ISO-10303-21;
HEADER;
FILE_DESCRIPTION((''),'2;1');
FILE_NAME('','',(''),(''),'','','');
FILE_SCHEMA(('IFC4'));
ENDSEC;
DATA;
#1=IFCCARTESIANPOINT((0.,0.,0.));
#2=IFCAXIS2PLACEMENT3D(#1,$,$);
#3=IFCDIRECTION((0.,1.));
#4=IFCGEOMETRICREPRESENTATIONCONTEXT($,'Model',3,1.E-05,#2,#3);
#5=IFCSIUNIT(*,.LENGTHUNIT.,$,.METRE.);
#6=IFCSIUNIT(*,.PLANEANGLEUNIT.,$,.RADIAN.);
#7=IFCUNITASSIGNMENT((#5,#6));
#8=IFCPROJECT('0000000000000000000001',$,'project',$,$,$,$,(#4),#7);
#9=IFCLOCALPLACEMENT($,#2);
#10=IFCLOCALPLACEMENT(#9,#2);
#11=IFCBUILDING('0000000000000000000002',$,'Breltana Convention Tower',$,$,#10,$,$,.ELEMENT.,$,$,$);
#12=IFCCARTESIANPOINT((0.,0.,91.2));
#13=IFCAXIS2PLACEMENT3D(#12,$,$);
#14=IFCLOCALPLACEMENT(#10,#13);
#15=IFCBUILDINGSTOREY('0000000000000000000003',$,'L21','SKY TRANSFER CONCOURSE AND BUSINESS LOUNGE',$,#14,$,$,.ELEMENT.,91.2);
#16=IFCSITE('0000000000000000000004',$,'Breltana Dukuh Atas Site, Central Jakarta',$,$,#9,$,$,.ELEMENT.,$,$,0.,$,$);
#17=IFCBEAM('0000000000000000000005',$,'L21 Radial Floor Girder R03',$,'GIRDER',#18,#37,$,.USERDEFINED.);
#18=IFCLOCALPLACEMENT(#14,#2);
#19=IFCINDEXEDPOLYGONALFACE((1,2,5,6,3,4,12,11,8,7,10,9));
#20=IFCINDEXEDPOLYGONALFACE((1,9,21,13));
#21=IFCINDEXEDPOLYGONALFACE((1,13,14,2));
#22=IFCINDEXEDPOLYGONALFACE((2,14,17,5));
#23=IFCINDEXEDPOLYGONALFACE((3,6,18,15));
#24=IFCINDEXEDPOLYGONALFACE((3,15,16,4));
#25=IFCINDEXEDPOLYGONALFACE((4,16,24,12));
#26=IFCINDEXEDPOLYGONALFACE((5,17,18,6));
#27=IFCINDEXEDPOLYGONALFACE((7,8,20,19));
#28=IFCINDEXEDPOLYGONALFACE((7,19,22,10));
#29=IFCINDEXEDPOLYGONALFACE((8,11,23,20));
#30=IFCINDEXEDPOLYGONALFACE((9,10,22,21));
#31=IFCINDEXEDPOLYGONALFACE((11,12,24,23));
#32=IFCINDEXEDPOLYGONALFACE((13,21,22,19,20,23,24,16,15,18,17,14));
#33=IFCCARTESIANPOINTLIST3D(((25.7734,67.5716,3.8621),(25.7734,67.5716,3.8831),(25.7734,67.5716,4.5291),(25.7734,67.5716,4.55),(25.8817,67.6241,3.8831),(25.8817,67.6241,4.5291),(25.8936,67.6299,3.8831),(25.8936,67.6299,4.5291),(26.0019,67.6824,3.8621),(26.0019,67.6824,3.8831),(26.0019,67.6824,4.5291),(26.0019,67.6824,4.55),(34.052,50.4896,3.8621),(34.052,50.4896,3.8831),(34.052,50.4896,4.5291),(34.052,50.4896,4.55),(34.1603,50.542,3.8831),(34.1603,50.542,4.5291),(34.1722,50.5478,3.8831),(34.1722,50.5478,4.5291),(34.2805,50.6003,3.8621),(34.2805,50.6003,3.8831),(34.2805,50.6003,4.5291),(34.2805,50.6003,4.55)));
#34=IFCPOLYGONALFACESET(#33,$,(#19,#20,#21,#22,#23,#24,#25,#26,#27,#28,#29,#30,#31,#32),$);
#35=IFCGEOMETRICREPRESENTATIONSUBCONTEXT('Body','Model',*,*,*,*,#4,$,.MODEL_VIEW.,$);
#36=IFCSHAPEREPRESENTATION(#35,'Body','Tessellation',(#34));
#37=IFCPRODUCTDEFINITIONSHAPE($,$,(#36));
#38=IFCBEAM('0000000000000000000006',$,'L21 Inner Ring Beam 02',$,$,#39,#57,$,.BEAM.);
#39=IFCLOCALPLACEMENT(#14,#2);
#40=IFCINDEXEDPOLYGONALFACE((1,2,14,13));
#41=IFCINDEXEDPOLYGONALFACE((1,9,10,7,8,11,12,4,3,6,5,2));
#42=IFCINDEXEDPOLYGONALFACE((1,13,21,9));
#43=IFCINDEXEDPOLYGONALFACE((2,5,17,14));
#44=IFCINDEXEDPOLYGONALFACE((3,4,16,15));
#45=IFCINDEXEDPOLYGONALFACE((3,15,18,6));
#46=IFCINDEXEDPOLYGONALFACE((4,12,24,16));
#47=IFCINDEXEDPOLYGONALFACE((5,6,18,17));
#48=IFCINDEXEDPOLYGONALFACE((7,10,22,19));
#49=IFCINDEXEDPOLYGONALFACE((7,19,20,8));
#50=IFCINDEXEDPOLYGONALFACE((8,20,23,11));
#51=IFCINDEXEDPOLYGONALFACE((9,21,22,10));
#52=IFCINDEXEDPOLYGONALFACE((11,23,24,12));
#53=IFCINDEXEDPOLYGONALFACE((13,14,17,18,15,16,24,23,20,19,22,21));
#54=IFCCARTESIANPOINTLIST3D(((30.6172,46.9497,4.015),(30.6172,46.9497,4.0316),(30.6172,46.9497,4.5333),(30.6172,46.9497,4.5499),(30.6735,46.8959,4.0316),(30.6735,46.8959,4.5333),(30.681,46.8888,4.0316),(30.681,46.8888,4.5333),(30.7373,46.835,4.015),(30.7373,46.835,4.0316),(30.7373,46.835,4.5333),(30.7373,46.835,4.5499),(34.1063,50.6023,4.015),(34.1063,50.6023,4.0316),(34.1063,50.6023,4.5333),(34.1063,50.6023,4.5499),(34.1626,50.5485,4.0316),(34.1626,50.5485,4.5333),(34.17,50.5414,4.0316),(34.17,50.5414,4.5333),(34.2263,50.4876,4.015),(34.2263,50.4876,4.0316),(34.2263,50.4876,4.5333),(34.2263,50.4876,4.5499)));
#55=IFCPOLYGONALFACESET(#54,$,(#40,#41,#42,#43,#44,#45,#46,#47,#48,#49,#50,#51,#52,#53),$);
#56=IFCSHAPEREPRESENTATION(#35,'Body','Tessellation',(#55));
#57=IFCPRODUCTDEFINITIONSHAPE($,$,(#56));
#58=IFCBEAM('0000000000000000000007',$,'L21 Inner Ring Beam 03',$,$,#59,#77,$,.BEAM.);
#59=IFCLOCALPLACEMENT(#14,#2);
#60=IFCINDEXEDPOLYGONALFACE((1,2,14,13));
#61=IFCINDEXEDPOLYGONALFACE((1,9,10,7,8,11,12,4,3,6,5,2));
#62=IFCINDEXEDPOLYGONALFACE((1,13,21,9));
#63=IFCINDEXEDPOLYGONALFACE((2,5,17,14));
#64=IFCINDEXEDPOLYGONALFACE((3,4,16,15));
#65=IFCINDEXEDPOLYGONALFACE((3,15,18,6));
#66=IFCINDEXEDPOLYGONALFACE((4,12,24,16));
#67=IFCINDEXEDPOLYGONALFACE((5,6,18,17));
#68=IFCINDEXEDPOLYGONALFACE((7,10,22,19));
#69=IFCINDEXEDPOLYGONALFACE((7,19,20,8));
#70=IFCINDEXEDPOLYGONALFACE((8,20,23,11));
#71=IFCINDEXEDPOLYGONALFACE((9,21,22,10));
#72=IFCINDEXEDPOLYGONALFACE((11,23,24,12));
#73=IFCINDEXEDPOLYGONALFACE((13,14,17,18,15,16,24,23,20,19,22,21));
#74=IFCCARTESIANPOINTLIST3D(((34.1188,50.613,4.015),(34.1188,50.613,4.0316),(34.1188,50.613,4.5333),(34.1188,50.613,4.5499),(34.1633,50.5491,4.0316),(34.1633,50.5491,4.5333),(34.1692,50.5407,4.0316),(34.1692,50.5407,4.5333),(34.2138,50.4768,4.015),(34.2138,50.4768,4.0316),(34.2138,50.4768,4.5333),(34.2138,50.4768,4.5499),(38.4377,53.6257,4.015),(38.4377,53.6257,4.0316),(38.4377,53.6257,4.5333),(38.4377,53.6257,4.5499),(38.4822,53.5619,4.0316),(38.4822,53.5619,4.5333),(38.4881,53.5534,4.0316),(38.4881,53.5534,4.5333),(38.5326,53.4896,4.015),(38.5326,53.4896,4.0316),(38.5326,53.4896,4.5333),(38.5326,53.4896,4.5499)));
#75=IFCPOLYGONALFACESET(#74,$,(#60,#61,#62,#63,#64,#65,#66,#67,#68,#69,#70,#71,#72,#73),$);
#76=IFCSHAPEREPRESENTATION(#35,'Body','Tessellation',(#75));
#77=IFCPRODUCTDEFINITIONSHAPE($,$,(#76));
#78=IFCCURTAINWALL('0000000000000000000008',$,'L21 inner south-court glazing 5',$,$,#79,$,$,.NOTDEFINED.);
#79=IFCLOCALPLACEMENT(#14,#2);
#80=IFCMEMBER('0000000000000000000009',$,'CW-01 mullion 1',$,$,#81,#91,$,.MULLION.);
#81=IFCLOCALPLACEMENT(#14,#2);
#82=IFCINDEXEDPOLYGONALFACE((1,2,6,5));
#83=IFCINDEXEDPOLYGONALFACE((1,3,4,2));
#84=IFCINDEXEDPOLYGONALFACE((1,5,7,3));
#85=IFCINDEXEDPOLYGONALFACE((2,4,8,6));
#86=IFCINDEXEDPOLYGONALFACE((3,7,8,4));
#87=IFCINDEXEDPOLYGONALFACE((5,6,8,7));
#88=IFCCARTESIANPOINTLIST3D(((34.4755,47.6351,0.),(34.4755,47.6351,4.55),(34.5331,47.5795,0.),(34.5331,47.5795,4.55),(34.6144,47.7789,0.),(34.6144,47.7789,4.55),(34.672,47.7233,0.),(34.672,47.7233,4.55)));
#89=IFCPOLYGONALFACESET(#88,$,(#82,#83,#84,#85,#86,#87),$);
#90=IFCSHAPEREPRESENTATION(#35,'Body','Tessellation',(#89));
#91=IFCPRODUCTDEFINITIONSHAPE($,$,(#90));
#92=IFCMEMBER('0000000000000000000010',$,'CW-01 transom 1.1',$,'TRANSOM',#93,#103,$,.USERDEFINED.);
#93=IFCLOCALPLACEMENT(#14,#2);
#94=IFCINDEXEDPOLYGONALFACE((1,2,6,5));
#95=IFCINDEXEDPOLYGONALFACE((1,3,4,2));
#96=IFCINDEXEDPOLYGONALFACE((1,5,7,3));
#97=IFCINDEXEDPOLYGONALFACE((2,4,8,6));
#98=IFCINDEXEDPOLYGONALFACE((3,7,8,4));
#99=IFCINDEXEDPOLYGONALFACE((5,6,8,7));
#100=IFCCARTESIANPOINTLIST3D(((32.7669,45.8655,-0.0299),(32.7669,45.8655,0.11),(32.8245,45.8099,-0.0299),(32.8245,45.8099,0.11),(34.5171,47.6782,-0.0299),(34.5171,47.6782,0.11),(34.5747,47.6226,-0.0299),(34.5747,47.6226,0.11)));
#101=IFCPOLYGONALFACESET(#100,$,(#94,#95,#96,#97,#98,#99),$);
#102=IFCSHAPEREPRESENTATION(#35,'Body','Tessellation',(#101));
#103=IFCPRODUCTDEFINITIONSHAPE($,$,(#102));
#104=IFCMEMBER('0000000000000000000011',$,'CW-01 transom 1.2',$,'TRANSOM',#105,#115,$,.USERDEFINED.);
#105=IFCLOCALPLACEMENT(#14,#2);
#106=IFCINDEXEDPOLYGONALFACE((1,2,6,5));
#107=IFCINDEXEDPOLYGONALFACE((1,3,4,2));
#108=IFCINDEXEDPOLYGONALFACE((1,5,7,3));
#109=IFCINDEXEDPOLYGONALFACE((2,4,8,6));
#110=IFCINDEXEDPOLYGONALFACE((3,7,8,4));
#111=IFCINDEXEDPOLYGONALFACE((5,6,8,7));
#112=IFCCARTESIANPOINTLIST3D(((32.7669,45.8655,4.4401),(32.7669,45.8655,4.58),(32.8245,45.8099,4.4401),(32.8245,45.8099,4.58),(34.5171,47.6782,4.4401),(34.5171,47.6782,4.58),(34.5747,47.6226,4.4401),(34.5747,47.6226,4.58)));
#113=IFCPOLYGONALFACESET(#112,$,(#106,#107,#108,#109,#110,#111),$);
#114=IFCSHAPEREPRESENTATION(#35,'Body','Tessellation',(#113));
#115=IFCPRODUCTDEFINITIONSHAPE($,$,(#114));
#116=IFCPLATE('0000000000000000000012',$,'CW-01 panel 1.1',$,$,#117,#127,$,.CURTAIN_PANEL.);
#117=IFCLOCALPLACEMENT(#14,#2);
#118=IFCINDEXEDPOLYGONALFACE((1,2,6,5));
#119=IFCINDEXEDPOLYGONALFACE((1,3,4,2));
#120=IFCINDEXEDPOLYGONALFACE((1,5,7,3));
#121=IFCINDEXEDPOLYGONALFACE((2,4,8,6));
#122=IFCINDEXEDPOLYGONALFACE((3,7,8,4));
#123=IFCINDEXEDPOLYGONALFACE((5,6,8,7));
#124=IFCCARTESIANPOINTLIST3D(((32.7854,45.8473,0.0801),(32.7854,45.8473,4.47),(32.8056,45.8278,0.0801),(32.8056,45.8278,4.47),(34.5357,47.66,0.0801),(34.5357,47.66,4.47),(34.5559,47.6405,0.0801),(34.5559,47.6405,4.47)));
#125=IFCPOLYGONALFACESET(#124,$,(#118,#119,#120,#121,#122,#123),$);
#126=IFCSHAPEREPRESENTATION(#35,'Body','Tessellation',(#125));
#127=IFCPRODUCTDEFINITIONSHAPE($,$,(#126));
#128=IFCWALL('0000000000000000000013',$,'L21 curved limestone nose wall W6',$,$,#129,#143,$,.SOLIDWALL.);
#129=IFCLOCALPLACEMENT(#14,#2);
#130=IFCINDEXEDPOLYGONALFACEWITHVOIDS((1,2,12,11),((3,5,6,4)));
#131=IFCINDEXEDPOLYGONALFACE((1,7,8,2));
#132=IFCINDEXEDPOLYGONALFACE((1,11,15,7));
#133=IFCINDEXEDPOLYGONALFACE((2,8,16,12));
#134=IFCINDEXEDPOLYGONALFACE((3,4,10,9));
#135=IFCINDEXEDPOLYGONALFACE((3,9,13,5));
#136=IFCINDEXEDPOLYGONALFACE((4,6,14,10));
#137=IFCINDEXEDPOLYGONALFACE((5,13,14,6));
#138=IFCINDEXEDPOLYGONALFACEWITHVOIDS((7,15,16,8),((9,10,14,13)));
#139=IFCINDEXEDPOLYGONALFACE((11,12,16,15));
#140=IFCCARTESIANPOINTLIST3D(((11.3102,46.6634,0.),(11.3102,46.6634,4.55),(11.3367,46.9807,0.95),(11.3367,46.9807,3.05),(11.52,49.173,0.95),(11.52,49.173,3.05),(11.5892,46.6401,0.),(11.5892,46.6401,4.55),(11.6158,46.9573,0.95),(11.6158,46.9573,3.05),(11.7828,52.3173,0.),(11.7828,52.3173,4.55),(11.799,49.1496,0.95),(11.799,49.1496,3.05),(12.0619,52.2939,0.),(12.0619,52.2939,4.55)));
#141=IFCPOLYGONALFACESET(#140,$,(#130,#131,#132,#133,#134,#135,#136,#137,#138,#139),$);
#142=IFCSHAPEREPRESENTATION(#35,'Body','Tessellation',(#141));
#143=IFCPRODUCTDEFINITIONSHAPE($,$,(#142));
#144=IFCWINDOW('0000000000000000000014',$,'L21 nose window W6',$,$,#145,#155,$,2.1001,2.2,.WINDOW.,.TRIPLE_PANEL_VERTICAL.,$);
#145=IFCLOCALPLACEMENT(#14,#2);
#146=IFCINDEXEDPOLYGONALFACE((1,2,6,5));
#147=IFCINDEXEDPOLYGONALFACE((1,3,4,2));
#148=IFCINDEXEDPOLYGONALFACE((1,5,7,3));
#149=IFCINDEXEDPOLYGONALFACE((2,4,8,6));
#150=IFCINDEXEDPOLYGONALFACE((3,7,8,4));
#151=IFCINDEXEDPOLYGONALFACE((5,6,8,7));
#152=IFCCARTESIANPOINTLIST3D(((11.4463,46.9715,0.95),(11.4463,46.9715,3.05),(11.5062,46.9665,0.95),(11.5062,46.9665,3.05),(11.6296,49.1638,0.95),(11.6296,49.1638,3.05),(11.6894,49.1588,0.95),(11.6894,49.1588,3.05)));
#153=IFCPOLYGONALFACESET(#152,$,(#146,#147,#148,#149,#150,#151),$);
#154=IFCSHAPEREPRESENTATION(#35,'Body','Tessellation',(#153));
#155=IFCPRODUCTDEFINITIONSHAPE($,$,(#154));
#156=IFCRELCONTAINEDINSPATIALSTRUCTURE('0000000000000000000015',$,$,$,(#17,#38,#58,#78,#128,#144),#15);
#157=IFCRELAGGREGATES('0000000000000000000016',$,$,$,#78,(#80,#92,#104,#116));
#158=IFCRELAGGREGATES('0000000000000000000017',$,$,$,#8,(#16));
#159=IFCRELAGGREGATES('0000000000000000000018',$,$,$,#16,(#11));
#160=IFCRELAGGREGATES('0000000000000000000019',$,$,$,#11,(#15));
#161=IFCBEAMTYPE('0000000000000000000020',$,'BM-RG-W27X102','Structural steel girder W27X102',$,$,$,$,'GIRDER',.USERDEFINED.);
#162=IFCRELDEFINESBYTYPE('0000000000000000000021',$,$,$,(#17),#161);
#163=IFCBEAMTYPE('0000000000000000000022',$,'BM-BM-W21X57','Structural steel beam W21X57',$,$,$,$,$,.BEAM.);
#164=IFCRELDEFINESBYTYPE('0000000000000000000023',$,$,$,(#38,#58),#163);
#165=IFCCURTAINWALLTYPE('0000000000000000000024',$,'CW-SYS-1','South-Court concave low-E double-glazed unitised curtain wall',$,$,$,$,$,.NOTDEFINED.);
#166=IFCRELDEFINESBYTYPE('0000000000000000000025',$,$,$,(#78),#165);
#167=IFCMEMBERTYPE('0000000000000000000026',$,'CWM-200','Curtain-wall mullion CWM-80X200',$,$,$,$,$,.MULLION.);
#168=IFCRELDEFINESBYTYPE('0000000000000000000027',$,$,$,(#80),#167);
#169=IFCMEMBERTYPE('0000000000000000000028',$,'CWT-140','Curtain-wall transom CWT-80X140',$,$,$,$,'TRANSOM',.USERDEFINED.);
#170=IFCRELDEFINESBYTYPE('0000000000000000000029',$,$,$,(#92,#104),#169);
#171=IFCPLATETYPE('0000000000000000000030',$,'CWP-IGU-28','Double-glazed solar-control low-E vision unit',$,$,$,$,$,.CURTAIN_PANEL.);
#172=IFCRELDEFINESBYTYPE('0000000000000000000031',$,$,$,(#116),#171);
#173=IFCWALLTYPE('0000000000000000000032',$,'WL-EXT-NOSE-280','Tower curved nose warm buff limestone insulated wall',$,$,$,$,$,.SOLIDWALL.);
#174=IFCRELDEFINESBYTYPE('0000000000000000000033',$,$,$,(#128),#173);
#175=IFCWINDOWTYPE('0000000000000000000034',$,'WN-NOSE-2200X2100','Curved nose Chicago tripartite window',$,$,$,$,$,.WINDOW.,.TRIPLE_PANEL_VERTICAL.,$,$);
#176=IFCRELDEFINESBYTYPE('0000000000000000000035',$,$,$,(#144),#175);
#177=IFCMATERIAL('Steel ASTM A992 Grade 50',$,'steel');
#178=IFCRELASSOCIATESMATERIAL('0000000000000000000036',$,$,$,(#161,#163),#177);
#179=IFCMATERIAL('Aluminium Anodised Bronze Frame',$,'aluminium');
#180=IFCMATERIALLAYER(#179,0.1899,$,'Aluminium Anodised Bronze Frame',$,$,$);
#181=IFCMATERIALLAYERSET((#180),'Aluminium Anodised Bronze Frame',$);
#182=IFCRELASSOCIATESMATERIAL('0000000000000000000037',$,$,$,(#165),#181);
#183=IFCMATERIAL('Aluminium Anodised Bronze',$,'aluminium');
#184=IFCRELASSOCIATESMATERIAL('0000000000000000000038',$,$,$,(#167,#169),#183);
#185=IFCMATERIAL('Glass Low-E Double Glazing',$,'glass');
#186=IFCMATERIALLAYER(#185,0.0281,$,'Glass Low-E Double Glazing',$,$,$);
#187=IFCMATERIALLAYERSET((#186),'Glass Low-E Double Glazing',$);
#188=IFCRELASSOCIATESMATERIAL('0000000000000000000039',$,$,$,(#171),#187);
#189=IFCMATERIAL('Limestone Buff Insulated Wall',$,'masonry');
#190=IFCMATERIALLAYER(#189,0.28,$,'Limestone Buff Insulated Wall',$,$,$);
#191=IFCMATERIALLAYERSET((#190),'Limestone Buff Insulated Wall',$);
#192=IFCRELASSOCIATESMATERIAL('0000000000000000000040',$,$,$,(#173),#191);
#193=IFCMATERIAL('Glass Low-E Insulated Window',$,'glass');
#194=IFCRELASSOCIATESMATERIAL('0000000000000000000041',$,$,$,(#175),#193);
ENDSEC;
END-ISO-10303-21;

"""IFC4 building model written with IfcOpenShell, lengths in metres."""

from ifc_helpers import new_model, si_unit, direction, frame, frame_2d, origin, origin_2d, place, context, subcontext, project, spatial, rectangle, i_section, extrude, source, transform, mapped, material, layer, layer_set, material_profile, profile_set, type_object, type_shapes, element, fill, aggregate, save


model = new_model("IFC4")

# Units and contexts
model_context = context("Model", 3, precision=1e-05, world=origin(), true_north=direction((0.0, 1.0)))
body_context = subcontext(model_context, "Body", "Model", "MODEL_VIEW")
ifc_project = project(units=[si_unit("LENGTHUNIT", "METRE"), si_unit("PLANEANGLEUNIT", "RADIAN")], contexts=[model_context])

# Site, building, storey
site_placement = place(None, origin())
site = spatial("IfcSite", under=ifc_project, at=site_placement, Name="Breltana Dukuh Atas Site, Central Jakarta", CompositionType="ELEMENT", RefElevation=0.0)
building_placement = place(site_placement, origin())
building = spatial("IfcBuilding", under=site, at=building_placement, Name="Breltana Convention Tower", CompositionType="ELEMENT")
storey_placement = place(building_placement, frame((0.0, 0.0, 91.2)))
storey = spatial("IfcBuildingStorey", under=building, at=storey_placement, Name="L21", Description="SKY TRANSFER CONCOURSE AND BUSINESS LOUNGE", CompositionType="ELEMENT", Elevation=91.2)

# Beams
ifc_material_1 = material(Name="Steel ASTM A992 Grade 50", Category="steel")
ifc_material_profile_1 = material_profile(ifc_material_1, i_section(OverallWidth=0.2539, OverallDepth=0.688, WebThickness=0.0132, FlangeThickness=0.021, at=origin_2d()), Name="W27X102")
ifc_profile_set_1 = profile_set([ifc_material_profile_1], Name="Steel ASTM A992 Grade 50")
beam_type_1 = type_object("IfcBeamType", Name="BM-RG-W27X102", Description="Structural steel girder W27X102", ElementType="GIRDER", PredefinedType="USERDEFINED", material=ifc_profile_set_1)
shared_shape_1 = source(origin(), body_context, "Body", "SweptSolid", [
    extrude(i_section(OverallWidth=0.2539, OverallDepth=0.688, WebThickness=0.0132, FlangeThickness=0.021, at=origin_2d()), origin(), (0.0, 0.0, 1.0), 18.9824),
])
beam_1_placement = place(storey_placement, frame((34.1663, 50.5449, 4.2061), z_axis=(-0.436119, 0.899889, 0.0), x_axis=(-0.899889, -0.436119, 0.0)))
element("IfcBeam", 1, at=beam_1_placement, inside=storey, type_object=beam_type_1, Name="L21 Radial Floor Girder R03", ObjectType="GIRDER", PredefinedType="USERDEFINED", context=body_context, shape_type="MappedRepresentation", body=[
    mapped(shared_shape_1, transform((0.0, 0.0, 0.0), scale=1.0)),
])
ifc_material_profile_2 = material_profile(ifc_material_1, i_section(OverallWidth=0.166, OverallDepth=0.5349, WebThickness=0.0103, FlangeThickness=0.0166, at=origin_2d()), Name="W21X57")
ifc_profile_set_2 = profile_set([ifc_material_profile_2], Name="Steel ASTM A992 Grade 50")
beam_type_2 = type_object("IfcBeamType", Name="BM-BM-W21X57", Description="Structural steel beam W21X57", PredefinedType="BEAM", material=ifc_profile_set_2)
shared_shape_2 = source(origin(), body_context, "Body", "SweptSolid", [
    extrude(i_section(OverallWidth=0.166, OverallDepth=0.5349, WebThickness=0.0103, FlangeThickness=0.0166, at=origin_2d()), origin(), (0.0, 0.0, 1.0), 5.0513),
])
beam_2_placement = place(storey_placement, frame((30.6772, 46.8923, 4.2825), z_axis=(0.69073, 0.723113, 0.0), x_axis=(-0.723113, 0.69073, 0.0)))
element("IfcBeam", 2, at=beam_2_placement, inside=storey, type_object=beam_type_2, Name="L21 Inner Ring Beam 02", PredefinedType="BEAM", context=body_context, shape_type="MappedRepresentation", body=[
    mapped(shared_shape_2, transform((0.0, 0.0, 0.0), scale=1.0)),
])
shared_shape_3 = source(origin(), body_context, "Body", "SweptSolid", [
    extrude(i_section(OverallWidth=0.166, OverallDepth=0.5349, WebThickness=0.0103, FlangeThickness=0.0166, at=origin_2d()), origin(), (0.0, 0.0, 1.0), 5.2659),
])
beam_3_placement = place(storey_placement, frame((34.1663, 50.5449, 4.2825), z_axis=(0.820167, 0.572124, 0.0), x_axis=(-0.572124, 0.820167, 0.0)))
element("IfcBeam", 3, at=beam_3_placement, inside=storey, type_object=beam_type_2, Name="L21 Inner Ring Beam 03", PredefinedType="BEAM", context=body_context, shape_type="MappedRepresentation", body=[
    mapped(shared_shape_3, transform((0.0, 0.0, 0.0), scale=1.0)),
])

# Curtain wall, members, plate
ifc_material_2 = material(Name="Aluminium Anodised Bronze Frame", Category="aluminium")
ifc_layer_1 = layer(ifc_material_2, 0.1899, Name="Aluminium Anodised Bronze Frame")
ifc_layer_set_1 = layer_set([ifc_layer_1], Name="Aluminium Anodised Bronze Frame")
curtain_wall_type = type_object("IfcCurtainWallType", Name="CW-SYS-1", Description="South-Court concave low-E double-glazed unitised curtain wall", PredefinedType="NOTDEFINED", material=ifc_layer_set_1)
curtain_wall_placement = place(storey_placement, origin())
curtain_wall = element("IfcCurtainWall", 4, at=curtain_wall_placement, inside=storey, type_object=curtain_wall_type, Name="L21 inner south-court glazing 5", PredefinedType="NOTDEFINED")
ifc_material_3 = material(Name="Aluminium Anodised Bronze", Category="aluminium")
ifc_material_profile_3 = material_profile(ifc_material_3, rectangle(XDim=0.0801, YDim=0.2, at=origin_2d()), Name="CWM-80X200")
ifc_profile_set_3 = profile_set([ifc_material_profile_3], Name="Aluminium Anodised Bronze")
member_type_1 = type_object("IfcMemberType", Name="CWM-200", Description="Curtain-wall mullion CWM-80X200", PredefinedType="MULLION", material=ifc_profile_set_3)
shared_shape_4 = source(origin(), body_context, "Body", "SweptSolid", [
    extrude(rectangle(XDim=0.0801, YDim=0.2, at=origin_2d()), origin(), (0.0, 0.0, 1.0), 4.55),
])
member_1_placement = place(storey_placement, frame((34.5737, 47.6792, 0.0), z_axis=(0.0, 0.0, 1.0), x_axis=(0.719387, -0.694609, 0.0)))
member_1 = element("IfcMember", 5, at=member_1_placement, type_object=member_type_1, Name="CW-01 mullion 1", PredefinedType="MULLION", context=body_context, shape_type="MappedRepresentation", body=[
    mapped(shared_shape_4, transform((0.0, 0.0, 0.0), scale=1.0)),
])
ifc_material_profile_4 = material_profile(ifc_material_3, rectangle(XDim=0.0801, YDim=0.1399, at=origin_2d()), Name="CWT-80X140")
ifc_profile_set_4 = profile_set([ifc_material_profile_4], Name="Aluminium Anodised Bronze")
member_type_2 = type_object("IfcMemberType", Name="CWT-140", Description="Curtain-wall transom CWT-80X140", ElementType="TRANSOM", PredefinedType="USERDEFINED", material=ifc_profile_set_4)
shared_shape_5 = source(origin(), body_context, "Body", "SweptSolid", [
    extrude(rectangle(XDim=0.0801, YDim=0.1399, at=origin_2d()), origin(), (0.0, 0.0, 1.0), 2.5198),
])
member_2_placement = place(storey_placement, frame((34.5459, 47.6504, 0.04), z_axis=(-0.694596, -0.7194, 0.0), x_axis=(0.7194, -0.694596, 0.0)))
member_2 = element("IfcMember", 6, at=member_2_placement, type_object=member_type_2, Name="CW-01 transom 1.1", ObjectType="TRANSOM", PredefinedType="USERDEFINED", context=body_context, shape_type="MappedRepresentation", body=[
    mapped(shared_shape_5, transform((0.0, 0.0, 0.0), scale=1.0)),
])
member_3_placement = place(storey_placement, frame((34.5459, 47.6504, 4.51), z_axis=(-0.694596, -0.7194, 0.0), x_axis=(0.7194, -0.694596, 0.0)))
member_3 = element("IfcMember", 7, at=member_3_placement, type_object=member_type_2, Name="CW-01 transom 1.2", ObjectType="TRANSOM", PredefinedType="USERDEFINED", context=body_context, shape_type="MappedRepresentation", body=[
    mapped(shared_shape_5, transform((0.0, 0.0, 0.0), scale=1.0)),
])
ifc_material_4 = material(Name="Glass Low-E Double Glazing", Category="glass")
ifc_layer_2 = layer(ifc_material_4, 0.0281, Name="Glass Low-E Double Glazing")
ifc_layer_set_2 = layer_set([ifc_layer_2], Name="Glass Low-E Double Glazing")
plate_type = type_object("IfcPlateType", Name="CWP-IGU-28", Description="Double-glazed solar-control low-E vision unit", PredefinedType="CURTAIN_PANEL", material=ifc_layer_set_2)
shared_shape_6 = source(origin(), body_context, "Body", "SweptSolid", [
    extrude(rectangle(XDim=2.5198, YDim=0.0281, at=origin_2d()), origin(), (0.0, 0.0, 1.0), 4.3899),
])
plate_placement = place(storey_placement, frame((33.6707, 46.7439, 0.0801), z_axis=(0.0, 0.0, 1.0), x_axis=(-0.694609, -0.719387, 0.0)))
plate = element("IfcPlate", 8, at=plate_placement, type_object=plate_type, Name="CW-01 panel 1.1", PredefinedType="CURTAIN_PANEL", context=body_context, shape_type="MappedRepresentation", body=[
    mapped(shared_shape_6, transform((0.0, 0.0, 0.0), scale=1.0)),
])
aggregate(curtain_wall, [member_1, member_2, member_3, plate])

# Wall, opening, window
ifc_material_5 = material(Name="Limestone Buff Insulated Wall", Category="masonry")
ifc_layer_3 = layer(ifc_material_5, 0.28, Name="Limestone Buff Insulated Wall")
ifc_layer_set_3 = layer_set([ifc_layer_3], Name="Limestone Buff Insulated Wall")
wall_type = type_object("IfcWallType", Name="WL-EXT-NOSE-280", Description="Tower curved nose warm buff limestone insulated wall", PredefinedType="SOLIDWALL", material=ifc_layer_set_3)
shared_shape_7 = source(origin(), body_context, "Body", "SweptSolid", [
    extrude(rectangle(XDim=5.6736, YDim=0.28, at=frame_2d((2.8369, 0.0))), origin(), (0.0, 0.0, 1.0), 4.55),
])
wall_1_placement = place(storey_placement, frame((11.4497, 46.6516, 0.0), z_axis=(0.0, 0.0, 1.0), x_axis=(0.083309, 0.996524, 0.0)))
wall_1 = element("IfcWall", 9, at=wall_1_placement, inside=storey, type_object=wall_type, Name="L21 curved limestone nose wall W6", PredefinedType="SOLIDWALL", context=body_context, shape_type="MappedRepresentation", body=[
    mapped(shared_shape_7, transform((0.0, 0.0, 0.0), scale=1.0)),
])
opening_placement = place(wall_1_placement, frame((0.3184, 0.0, 0.95)))
opening = element("IfcOpeningElement", 10, at=opening_placement, cuts=wall_1, PredefinedType="OPENING", context=body_context, shape_type="SweptSolid", body=[
    extrude(rectangle(XDim=2.2, YDim=2.1001, at=frame_2d((1.1001, 1.05))), frame((0.0, 0.1499, 0.0), z_axis=(0.0, -1.0, 0.0), x_axis=(1.0, 0.0, 0.0)), (0.0, 0.0, 1.0), 0.3),
])
ifc_material_6 = material(Name="Glass Low-E Insulated Window", Category="glass")
window_type = type_object("IfcWindowType", Name="WN-NOSE-2200X2100", Description="Curved nose Chicago tripartite window", PartitioningType="TRIPLE_PANEL_VERTICAL", PredefinedType="WINDOW", material=ifc_material_6)
shared_shape_8 = source(origin(), body_context, "Body", "SweptSolid", [
    extrude(rectangle(XDim=2.2, YDim=2.1001, at=frame_2d((1.1001, 1.05))), frame((0.0, 0.03, 0.0), z_axis=(0.0, -1.0, 0.0), x_axis=(1.0, 0.0, 0.0)), (0.0, 0.0, 1.0), 0.0601),
])
type_shapes(window_type, [shared_shape_8])
window_placement = place(opening_placement, origin())
window = element("IfcWindow", 11, at=window_placement, inside=storey, type_object=window_type, Name="L21 nose window W6", OverallHeight=2.1001, OverallWidth=2.2, PartitioningType="TRIPLE_PANEL_VERTICAL", PredefinedType="WINDOW", context=body_context, shape_type="MappedRepresentation", body=[
    mapped(shared_shape_8, transform((0.0, 0.0, 0.0), scale=1.0)),
])
fill(opening, window)

save(model, "model.ifc")
